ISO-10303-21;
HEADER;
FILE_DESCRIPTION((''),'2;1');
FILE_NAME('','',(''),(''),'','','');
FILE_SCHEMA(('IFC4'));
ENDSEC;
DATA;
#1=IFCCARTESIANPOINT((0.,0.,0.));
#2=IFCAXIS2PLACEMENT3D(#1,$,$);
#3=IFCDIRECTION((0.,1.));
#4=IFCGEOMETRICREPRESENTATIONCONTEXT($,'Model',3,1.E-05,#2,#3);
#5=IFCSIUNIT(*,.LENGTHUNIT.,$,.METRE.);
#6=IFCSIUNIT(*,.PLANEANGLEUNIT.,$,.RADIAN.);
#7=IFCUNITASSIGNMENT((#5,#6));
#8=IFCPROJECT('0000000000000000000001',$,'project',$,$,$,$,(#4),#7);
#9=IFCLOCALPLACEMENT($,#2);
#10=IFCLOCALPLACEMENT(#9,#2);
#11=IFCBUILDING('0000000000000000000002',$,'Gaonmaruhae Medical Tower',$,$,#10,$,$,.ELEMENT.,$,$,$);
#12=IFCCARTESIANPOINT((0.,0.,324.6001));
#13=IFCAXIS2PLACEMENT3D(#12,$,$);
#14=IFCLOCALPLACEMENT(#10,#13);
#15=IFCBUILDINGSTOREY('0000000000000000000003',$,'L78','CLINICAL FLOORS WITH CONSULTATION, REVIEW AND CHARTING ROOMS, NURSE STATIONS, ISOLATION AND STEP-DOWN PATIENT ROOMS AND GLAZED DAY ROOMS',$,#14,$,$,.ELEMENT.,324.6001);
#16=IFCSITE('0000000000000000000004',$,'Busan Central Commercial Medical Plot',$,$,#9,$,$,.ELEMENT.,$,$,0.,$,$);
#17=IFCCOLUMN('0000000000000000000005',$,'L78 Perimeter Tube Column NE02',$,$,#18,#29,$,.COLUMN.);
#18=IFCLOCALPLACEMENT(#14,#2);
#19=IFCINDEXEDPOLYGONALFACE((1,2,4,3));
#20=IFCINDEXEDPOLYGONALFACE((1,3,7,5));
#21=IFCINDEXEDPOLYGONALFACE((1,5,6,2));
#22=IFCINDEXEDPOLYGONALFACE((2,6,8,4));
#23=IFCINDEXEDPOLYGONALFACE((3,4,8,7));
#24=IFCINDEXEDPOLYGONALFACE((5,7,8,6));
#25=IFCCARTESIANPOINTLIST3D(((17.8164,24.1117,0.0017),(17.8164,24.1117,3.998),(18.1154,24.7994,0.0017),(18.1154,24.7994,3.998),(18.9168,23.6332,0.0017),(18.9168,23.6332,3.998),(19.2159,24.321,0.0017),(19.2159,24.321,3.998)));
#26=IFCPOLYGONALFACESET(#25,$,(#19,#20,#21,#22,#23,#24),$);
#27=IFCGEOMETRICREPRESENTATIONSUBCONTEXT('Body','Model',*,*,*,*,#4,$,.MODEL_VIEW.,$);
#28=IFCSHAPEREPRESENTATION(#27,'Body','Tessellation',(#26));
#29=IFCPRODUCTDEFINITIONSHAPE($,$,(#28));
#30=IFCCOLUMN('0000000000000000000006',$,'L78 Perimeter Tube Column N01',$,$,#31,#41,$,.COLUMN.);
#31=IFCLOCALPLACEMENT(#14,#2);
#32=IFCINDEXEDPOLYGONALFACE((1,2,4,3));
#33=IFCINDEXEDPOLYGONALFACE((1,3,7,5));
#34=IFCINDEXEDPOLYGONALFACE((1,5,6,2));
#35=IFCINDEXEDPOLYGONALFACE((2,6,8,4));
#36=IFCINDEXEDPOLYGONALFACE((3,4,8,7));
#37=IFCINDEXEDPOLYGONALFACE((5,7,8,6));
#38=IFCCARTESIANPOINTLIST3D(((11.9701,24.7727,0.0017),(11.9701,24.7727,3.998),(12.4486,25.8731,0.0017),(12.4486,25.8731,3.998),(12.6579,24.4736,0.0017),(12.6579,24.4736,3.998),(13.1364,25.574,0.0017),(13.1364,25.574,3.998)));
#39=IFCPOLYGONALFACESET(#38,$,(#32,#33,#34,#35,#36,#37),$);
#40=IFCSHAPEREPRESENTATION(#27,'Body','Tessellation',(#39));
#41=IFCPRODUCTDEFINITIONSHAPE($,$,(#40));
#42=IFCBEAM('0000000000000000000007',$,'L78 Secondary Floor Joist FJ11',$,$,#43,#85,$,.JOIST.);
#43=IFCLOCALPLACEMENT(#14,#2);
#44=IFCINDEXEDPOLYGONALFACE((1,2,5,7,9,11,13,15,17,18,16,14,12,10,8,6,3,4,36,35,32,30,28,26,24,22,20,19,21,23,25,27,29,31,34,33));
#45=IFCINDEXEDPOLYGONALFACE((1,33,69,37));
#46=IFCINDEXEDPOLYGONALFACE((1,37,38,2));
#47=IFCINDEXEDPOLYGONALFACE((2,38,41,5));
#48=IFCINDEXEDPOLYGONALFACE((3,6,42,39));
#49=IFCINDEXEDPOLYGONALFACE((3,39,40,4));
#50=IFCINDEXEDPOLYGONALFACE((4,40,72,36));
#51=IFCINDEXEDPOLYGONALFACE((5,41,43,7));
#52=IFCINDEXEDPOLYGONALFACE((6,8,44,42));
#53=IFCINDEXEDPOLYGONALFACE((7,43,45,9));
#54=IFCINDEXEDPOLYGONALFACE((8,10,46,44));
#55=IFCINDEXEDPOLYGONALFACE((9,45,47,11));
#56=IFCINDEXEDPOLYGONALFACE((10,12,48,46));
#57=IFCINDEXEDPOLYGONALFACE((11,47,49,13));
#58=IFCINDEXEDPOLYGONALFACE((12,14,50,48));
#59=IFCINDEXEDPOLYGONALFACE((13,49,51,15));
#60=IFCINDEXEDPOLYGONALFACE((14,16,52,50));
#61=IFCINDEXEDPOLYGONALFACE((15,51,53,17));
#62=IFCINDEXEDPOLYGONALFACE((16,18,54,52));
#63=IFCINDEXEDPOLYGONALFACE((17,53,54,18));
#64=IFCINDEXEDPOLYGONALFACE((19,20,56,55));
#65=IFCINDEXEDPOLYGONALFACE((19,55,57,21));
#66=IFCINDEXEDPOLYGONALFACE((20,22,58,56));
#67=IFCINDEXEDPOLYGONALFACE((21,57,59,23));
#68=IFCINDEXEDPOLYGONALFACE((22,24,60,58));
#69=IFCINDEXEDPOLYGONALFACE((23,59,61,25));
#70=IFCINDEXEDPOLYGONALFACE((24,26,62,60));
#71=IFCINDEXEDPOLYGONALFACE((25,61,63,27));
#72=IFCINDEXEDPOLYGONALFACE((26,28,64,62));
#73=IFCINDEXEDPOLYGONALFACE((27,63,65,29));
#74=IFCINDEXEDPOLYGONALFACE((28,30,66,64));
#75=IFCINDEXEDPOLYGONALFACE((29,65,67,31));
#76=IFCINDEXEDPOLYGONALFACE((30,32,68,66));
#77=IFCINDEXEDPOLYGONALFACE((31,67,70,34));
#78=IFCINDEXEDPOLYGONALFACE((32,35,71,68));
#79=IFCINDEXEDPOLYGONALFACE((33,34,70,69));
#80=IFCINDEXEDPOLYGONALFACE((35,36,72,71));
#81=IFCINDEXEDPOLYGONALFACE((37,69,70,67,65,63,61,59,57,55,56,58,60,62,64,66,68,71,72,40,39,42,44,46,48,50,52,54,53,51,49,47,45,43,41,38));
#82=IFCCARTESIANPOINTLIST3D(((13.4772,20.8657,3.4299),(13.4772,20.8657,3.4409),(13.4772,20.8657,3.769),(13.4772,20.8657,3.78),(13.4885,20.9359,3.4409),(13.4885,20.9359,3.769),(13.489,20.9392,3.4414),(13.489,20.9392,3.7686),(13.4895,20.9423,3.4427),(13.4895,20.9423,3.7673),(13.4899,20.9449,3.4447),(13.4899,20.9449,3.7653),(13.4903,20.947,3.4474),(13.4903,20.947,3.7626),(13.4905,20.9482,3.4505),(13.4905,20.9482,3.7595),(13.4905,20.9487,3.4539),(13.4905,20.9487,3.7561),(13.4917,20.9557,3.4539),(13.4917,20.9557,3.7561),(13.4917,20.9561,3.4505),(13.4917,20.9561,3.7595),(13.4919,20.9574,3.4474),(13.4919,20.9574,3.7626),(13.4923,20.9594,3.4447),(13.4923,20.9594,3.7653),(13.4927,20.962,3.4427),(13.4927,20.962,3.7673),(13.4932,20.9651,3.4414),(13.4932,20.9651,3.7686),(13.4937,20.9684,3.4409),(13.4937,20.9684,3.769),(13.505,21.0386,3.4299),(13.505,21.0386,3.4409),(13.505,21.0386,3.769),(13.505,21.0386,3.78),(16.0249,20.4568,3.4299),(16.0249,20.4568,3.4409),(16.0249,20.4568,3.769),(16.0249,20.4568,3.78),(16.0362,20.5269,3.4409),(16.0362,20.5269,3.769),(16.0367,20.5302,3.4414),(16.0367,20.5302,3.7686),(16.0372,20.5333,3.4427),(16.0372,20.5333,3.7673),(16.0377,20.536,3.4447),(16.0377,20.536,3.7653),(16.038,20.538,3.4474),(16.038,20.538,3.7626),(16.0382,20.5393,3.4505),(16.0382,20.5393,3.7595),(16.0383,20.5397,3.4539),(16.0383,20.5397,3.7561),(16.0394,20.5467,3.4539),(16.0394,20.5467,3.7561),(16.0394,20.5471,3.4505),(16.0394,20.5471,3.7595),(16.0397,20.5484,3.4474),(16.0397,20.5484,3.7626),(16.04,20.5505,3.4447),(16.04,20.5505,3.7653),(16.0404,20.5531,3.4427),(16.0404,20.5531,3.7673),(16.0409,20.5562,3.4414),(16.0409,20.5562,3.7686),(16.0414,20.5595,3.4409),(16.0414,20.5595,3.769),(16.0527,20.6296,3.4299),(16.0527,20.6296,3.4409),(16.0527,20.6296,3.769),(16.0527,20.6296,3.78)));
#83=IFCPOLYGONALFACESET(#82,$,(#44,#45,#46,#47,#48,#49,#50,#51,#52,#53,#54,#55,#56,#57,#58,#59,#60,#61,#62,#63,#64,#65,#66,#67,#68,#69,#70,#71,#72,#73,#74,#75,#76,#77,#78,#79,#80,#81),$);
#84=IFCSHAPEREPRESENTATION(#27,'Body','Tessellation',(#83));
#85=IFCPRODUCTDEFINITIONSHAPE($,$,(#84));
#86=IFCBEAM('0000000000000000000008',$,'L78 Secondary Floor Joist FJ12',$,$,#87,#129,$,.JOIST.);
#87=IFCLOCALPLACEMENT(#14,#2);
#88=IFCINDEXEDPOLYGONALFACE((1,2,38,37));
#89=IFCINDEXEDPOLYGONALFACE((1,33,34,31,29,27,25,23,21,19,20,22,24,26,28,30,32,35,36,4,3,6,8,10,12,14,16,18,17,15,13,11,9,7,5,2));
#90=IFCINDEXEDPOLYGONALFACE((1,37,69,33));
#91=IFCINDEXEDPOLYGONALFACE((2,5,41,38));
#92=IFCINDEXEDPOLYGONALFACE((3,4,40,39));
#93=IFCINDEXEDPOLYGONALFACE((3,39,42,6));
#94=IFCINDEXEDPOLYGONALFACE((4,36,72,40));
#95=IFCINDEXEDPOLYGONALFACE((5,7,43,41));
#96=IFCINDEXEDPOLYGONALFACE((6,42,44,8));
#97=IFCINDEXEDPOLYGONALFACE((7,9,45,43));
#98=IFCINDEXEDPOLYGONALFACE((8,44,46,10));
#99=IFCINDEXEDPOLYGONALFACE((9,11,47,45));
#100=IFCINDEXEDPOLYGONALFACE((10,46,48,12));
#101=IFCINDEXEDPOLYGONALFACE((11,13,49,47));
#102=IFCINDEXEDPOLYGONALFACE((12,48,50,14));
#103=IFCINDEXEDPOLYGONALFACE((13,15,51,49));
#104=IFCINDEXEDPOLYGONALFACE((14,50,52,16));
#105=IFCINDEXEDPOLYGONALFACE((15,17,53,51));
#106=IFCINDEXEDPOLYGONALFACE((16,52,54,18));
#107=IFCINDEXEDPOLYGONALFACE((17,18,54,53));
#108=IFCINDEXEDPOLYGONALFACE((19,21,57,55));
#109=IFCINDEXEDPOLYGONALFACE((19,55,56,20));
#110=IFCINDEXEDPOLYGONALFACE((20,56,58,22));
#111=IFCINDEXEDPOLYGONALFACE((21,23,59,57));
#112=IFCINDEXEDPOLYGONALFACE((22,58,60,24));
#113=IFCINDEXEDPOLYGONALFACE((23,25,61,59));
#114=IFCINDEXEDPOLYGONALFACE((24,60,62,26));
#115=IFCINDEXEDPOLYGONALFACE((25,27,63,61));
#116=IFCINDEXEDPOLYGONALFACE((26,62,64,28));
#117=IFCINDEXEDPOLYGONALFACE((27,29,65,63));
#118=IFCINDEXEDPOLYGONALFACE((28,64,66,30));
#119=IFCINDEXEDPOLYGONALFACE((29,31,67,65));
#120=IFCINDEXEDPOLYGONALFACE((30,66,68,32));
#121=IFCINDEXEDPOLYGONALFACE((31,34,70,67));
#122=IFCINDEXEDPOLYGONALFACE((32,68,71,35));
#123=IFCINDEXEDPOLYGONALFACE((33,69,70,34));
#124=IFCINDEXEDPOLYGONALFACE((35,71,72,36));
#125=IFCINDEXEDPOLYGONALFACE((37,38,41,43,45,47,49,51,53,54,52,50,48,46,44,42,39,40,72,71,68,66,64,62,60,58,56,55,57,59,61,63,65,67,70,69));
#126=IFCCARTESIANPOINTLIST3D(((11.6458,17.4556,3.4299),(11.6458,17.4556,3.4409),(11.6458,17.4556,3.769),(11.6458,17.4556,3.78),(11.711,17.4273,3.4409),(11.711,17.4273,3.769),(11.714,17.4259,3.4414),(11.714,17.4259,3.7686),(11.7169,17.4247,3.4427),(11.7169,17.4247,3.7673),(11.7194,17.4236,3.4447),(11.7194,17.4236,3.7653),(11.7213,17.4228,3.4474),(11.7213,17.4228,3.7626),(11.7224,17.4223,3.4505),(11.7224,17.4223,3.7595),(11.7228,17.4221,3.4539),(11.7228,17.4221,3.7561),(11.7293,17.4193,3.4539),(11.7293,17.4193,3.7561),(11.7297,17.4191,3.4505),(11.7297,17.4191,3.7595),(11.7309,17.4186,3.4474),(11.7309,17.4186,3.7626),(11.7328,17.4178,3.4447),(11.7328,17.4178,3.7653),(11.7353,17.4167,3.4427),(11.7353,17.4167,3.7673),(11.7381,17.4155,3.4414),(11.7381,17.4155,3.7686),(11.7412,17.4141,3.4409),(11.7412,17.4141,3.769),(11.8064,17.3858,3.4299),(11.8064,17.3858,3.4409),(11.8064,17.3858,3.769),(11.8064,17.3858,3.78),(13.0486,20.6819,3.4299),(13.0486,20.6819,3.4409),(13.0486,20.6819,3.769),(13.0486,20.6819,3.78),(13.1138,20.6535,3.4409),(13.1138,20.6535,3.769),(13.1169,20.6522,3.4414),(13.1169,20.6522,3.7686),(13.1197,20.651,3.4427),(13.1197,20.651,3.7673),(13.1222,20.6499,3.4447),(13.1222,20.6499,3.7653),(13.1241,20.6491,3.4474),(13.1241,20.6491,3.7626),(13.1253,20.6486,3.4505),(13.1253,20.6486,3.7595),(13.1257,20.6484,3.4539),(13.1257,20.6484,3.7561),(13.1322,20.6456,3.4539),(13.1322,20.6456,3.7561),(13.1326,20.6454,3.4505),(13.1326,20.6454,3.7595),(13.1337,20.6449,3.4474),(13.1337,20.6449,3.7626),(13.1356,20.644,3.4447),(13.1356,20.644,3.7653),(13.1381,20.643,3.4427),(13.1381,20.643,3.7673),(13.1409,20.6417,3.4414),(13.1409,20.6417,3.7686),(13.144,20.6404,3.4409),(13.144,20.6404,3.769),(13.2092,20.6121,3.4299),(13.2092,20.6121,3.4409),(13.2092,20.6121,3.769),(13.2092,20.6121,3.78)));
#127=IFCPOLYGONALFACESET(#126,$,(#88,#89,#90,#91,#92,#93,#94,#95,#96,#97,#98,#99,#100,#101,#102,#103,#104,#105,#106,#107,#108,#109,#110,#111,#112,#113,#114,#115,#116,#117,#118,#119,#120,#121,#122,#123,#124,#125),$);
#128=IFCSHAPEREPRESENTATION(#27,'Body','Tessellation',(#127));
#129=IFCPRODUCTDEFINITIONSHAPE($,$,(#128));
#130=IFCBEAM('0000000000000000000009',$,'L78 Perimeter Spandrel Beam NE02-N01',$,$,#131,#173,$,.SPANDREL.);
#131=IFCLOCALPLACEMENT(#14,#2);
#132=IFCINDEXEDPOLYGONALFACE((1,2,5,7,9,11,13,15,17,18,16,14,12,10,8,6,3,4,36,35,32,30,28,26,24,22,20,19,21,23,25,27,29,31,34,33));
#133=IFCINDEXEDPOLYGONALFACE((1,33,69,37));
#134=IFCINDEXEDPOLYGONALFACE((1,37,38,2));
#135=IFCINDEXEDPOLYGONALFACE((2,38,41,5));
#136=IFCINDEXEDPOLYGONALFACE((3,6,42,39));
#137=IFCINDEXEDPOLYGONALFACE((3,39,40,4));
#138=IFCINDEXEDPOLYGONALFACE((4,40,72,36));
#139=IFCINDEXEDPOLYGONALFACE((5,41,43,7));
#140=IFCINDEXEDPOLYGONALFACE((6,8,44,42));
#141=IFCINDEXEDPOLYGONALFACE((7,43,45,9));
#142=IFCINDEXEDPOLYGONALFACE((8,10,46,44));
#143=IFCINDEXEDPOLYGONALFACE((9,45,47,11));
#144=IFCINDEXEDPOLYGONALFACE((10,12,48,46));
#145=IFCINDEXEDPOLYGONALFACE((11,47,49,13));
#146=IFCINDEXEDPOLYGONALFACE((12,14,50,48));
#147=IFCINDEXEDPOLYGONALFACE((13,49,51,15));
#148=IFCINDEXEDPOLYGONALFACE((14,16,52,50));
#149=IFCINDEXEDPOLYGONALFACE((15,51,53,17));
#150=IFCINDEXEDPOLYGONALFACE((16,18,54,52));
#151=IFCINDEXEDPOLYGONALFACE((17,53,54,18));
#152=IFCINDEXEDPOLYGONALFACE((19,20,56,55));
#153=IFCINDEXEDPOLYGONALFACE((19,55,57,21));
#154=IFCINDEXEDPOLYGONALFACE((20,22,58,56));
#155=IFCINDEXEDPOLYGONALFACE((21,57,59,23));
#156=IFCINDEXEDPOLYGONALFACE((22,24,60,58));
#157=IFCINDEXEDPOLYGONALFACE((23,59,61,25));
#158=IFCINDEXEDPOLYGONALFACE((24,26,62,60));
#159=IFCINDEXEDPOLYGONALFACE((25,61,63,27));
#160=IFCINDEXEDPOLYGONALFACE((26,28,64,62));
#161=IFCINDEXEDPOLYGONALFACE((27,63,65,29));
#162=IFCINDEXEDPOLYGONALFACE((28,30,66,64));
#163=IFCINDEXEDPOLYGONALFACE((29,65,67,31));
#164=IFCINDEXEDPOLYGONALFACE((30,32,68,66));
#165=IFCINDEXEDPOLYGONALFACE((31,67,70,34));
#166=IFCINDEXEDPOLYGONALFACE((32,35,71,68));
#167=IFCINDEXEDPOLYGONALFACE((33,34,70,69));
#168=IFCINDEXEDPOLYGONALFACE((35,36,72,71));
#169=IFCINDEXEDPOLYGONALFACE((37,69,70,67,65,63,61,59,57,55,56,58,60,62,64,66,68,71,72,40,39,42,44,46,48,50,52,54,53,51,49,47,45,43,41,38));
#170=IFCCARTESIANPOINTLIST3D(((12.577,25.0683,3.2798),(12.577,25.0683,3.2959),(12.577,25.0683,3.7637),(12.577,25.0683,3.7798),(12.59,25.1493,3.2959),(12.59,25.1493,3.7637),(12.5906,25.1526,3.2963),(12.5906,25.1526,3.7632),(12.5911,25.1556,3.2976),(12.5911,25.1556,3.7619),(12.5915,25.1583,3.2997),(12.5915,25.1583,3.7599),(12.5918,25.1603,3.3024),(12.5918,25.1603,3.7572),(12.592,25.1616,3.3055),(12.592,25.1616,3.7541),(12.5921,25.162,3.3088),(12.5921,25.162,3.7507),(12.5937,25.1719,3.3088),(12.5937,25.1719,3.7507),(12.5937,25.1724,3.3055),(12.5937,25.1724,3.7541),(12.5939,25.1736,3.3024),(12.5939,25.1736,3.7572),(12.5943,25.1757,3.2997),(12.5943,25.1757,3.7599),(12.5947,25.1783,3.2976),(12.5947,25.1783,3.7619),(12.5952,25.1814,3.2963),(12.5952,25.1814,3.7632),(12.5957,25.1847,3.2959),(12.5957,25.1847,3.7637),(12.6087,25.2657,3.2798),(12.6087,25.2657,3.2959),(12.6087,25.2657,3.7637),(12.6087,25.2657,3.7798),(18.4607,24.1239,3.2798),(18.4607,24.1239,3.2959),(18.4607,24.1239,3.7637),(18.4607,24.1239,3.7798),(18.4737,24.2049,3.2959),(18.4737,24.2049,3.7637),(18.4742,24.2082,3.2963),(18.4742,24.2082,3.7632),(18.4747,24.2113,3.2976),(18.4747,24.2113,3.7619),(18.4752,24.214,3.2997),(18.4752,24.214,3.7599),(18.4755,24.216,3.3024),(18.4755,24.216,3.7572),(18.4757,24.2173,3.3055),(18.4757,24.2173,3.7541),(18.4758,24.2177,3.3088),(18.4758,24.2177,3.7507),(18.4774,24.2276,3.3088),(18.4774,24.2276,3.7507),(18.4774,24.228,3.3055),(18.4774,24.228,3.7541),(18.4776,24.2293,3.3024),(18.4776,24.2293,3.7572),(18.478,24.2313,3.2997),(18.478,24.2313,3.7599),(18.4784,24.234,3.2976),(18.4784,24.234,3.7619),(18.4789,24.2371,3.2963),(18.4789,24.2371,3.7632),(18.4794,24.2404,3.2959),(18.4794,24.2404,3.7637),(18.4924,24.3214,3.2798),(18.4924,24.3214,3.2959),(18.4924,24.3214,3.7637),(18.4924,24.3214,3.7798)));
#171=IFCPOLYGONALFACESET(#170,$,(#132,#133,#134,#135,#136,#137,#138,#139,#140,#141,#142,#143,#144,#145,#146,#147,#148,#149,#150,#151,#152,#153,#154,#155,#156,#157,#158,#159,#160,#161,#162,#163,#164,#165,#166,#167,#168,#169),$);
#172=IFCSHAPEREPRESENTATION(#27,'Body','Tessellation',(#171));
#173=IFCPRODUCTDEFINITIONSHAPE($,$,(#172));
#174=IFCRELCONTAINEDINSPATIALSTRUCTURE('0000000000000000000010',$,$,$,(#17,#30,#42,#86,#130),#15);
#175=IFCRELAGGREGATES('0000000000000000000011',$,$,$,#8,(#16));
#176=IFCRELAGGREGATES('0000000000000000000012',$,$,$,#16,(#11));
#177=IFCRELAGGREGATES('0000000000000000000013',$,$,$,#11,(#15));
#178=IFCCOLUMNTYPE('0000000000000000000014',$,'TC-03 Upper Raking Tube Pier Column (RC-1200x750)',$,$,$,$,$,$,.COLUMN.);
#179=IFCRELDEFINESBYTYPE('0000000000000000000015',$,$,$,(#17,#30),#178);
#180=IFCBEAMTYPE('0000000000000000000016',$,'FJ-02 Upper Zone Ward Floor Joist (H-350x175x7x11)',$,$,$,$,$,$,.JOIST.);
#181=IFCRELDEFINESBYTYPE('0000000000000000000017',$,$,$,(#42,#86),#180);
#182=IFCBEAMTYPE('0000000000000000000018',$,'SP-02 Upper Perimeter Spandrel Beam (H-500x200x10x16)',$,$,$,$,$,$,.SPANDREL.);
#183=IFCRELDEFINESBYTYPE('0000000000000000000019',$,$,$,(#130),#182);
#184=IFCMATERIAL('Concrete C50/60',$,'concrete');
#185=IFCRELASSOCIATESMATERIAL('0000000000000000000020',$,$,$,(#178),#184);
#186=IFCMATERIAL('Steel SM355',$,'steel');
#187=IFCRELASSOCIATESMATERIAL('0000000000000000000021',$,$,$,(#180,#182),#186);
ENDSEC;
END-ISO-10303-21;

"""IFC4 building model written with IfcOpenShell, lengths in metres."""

from ifc_helpers import new_model, si_unit, direction, frame, origin, origin_2d, place, context, subcontext, project, spatial, rectangle, i_section, extrude, material, material_profile, profile_set, type_object, element, save


model = new_model("IFC4")

# Units and contexts
model_context = context("Model", 3, precision=1e-05, world=origin(), true_north=direction((0.0, 1.0)))
body_context = subcontext(model_context, "Body", "Model", "MODEL_VIEW")
ifc_project = project(units=[si_unit("LENGTHUNIT", "METRE"), si_unit("PLANEANGLEUNIT", "RADIAN")], contexts=[model_context])

# Site, building, storey
site_placement = place(None, origin())
site = spatial("IfcSite", under=ifc_project, at=site_placement, Name="Busan Central Commercial Medical Plot", CompositionType="ELEMENT", RefElevation=0.0)
building_placement = place(site_placement, origin())
building = spatial("IfcBuilding", under=site, at=building_placement, Name="Gaonmaruhae Medical Tower", CompositionType="ELEMENT")
storey_placement = place(building_placement, frame((0.0, 0.0, 324.6001)))
storey = spatial("IfcBuildingStorey", under=building, at=storey_placement, Name="L78", Description="CLINICAL FLOORS WITH CONSULTATION, REVIEW AND CHARTING ROOMS, NURSE STATIONS, ISOLATION AND STEP-DOWN PATIENT ROOMS AND GLAZED DAY ROOMS", CompositionType="ELEMENT", Elevation=324.6001)

# Columns
ifc_material_1 = material(Name="Concrete C50/60", Category="concrete")
ifc_material_profile_1 = material_profile(ifc_material_1, rectangle(XDim=1.2, YDim=0.75, at=origin_2d()), Name="RC-1200x750")
ifc_profile_set_1 = profile_set([ifc_material_profile_1], Name="Concrete C50/60")
column_type = type_object("IfcColumnType", Name="TC-03 Upper Raking Tube Pier Column (RC-1200x750)", PredefinedType="COLUMN", material=ifc_profile_set_1)
for number, where, z_axis, x_axis, name in (
    (1, (18.5161, 24.2163, 0.0017), (0.0, 0.0, 1.0), (-0.91706, 0.398749, 0.0), "L78 Perimeter Tube Column NE02"),
    (2, (12.5532, 25.1733, 0.0017), (0.0, 0.0, 1.0), (0.398749, 0.91706, 0.0), "L78 Perimeter Tube Column N01"),
):
    element("IfcColumn", number, at=place(storey_placement, frame(where, z_axis=z_axis, x_axis=x_axis)), inside=storey, type_object=column_type, Name=name, PredefinedType="COLUMN", context=body_context, shape_type="SweptSolid", body=[
        extrude(rectangle(XDim=1.2, YDim=0.75, at=origin_2d()), origin(), (0.0, 0.0, 1.0), 3.9963),
    ])

# Beams
ifc_material_2 = material(Name="Steel SM355", Category="steel")
ifc_material_profile_2 = material_profile(ifc_material_2, i_section(OverallWidth=0.175, OverallDepth=0.3501, WebThickness=0.0071, FlangeThickness=0.011, FilletRadius=0.0129, at=origin_2d()), Name="H-350x175x7x11")
ifc_profile_set_2 = profile_set([ifc_material_profile_2], Name="Steel SM355")
beam_type_1 = type_object("IfcBeamType", Name="FJ-02 Upper Zone Ward Floor Joist (H-350x175x7x11)", PredefinedType="JOIST", material=ifc_profile_set_2)
beam_1_placement = place(storey_placement, frame((16.0388, 20.5432, 3.605), z_axis=(-0.987361, 0.158489, 0.0), x_axis=(-0.158489, -0.987361, 0.0)))
element("IfcBeam", 3, at=beam_1_placement, inside=storey, type_object=beam_type_1, Name="L78 Secondary Floor Joist FJ11", PredefinedType="JOIST", context=body_context, shape_type="SweptSolid", body=[
    extrude(i_section(OverallWidth=0.175, OverallDepth=0.3501, WebThickness=0.0071, FlangeThickness=0.011, FilletRadius=0.0129, at=origin_2d()), origin(), (0.0, 0.0, 1.0), 2.5803),
])
beam_2_placement = place(storey_placement, frame((13.1289, 20.647, 3.605), z_axis=(-0.398746, -0.917061, 0.0), x_axis=(0.917061, -0.398746, 0.0)))
element("IfcBeam", 4, at=beam_2_placement, inside=storey, type_object=beam_type_1, Name="L78 Secondary Floor Joist FJ12", PredefinedType="JOIST", context=body_context, shape_type="SweptSolid", body=[
    extrude(i_section(OverallWidth=0.175, OverallDepth=0.3501, WebThickness=0.0071, FlangeThickness=0.011, FilletRadius=0.0129, at=origin_2d()), origin(), (0.0, 0.0, 1.0), 3.5181),
])
ifc_material_profile_3 = material_profile(ifc_material_2, i_section(OverallWidth=0.2, OverallDepth=0.5, WebThickness=0.01, FlangeThickness=0.0161, FilletRadius=0.0129, at=origin_2d()), Name="H-500x200x10x16")
ifc_profile_set_3 = profile_set([ifc_material_profile_3], Name="Steel SM355")
beam_type_2 = type_object("IfcBeamType", Name="SP-02 Upper Perimeter Spandrel Beam (H-500x200x10x16)", PredefinedType="SPANDREL", material=ifc_profile_set_3)
beam_3_placement = place(storey_placement, frame((18.4766, 24.2227, 3.5298), z_axis=(-0.987364, 0.15847, 0.0), x_axis=(-0.15847, -0.987364, 0.0)))
element("IfcBeam", 5, at=beam_3_placement, inside=storey, type_object=beam_type_2, Name="L78 Perimeter Spandrel Beam NE02-N01", PredefinedType="SPANDREL", context=body_context, shape_type="SweptSolid", body=[
    extrude(i_section(OverallWidth=0.2, OverallDepth=0.5, WebThickness=0.01, FlangeThickness=0.0161, FilletRadius=0.0129, at=origin_2d()), origin(), (0.0, 0.0, 1.0), 5.959),
])

save(model, "model.ifc")
